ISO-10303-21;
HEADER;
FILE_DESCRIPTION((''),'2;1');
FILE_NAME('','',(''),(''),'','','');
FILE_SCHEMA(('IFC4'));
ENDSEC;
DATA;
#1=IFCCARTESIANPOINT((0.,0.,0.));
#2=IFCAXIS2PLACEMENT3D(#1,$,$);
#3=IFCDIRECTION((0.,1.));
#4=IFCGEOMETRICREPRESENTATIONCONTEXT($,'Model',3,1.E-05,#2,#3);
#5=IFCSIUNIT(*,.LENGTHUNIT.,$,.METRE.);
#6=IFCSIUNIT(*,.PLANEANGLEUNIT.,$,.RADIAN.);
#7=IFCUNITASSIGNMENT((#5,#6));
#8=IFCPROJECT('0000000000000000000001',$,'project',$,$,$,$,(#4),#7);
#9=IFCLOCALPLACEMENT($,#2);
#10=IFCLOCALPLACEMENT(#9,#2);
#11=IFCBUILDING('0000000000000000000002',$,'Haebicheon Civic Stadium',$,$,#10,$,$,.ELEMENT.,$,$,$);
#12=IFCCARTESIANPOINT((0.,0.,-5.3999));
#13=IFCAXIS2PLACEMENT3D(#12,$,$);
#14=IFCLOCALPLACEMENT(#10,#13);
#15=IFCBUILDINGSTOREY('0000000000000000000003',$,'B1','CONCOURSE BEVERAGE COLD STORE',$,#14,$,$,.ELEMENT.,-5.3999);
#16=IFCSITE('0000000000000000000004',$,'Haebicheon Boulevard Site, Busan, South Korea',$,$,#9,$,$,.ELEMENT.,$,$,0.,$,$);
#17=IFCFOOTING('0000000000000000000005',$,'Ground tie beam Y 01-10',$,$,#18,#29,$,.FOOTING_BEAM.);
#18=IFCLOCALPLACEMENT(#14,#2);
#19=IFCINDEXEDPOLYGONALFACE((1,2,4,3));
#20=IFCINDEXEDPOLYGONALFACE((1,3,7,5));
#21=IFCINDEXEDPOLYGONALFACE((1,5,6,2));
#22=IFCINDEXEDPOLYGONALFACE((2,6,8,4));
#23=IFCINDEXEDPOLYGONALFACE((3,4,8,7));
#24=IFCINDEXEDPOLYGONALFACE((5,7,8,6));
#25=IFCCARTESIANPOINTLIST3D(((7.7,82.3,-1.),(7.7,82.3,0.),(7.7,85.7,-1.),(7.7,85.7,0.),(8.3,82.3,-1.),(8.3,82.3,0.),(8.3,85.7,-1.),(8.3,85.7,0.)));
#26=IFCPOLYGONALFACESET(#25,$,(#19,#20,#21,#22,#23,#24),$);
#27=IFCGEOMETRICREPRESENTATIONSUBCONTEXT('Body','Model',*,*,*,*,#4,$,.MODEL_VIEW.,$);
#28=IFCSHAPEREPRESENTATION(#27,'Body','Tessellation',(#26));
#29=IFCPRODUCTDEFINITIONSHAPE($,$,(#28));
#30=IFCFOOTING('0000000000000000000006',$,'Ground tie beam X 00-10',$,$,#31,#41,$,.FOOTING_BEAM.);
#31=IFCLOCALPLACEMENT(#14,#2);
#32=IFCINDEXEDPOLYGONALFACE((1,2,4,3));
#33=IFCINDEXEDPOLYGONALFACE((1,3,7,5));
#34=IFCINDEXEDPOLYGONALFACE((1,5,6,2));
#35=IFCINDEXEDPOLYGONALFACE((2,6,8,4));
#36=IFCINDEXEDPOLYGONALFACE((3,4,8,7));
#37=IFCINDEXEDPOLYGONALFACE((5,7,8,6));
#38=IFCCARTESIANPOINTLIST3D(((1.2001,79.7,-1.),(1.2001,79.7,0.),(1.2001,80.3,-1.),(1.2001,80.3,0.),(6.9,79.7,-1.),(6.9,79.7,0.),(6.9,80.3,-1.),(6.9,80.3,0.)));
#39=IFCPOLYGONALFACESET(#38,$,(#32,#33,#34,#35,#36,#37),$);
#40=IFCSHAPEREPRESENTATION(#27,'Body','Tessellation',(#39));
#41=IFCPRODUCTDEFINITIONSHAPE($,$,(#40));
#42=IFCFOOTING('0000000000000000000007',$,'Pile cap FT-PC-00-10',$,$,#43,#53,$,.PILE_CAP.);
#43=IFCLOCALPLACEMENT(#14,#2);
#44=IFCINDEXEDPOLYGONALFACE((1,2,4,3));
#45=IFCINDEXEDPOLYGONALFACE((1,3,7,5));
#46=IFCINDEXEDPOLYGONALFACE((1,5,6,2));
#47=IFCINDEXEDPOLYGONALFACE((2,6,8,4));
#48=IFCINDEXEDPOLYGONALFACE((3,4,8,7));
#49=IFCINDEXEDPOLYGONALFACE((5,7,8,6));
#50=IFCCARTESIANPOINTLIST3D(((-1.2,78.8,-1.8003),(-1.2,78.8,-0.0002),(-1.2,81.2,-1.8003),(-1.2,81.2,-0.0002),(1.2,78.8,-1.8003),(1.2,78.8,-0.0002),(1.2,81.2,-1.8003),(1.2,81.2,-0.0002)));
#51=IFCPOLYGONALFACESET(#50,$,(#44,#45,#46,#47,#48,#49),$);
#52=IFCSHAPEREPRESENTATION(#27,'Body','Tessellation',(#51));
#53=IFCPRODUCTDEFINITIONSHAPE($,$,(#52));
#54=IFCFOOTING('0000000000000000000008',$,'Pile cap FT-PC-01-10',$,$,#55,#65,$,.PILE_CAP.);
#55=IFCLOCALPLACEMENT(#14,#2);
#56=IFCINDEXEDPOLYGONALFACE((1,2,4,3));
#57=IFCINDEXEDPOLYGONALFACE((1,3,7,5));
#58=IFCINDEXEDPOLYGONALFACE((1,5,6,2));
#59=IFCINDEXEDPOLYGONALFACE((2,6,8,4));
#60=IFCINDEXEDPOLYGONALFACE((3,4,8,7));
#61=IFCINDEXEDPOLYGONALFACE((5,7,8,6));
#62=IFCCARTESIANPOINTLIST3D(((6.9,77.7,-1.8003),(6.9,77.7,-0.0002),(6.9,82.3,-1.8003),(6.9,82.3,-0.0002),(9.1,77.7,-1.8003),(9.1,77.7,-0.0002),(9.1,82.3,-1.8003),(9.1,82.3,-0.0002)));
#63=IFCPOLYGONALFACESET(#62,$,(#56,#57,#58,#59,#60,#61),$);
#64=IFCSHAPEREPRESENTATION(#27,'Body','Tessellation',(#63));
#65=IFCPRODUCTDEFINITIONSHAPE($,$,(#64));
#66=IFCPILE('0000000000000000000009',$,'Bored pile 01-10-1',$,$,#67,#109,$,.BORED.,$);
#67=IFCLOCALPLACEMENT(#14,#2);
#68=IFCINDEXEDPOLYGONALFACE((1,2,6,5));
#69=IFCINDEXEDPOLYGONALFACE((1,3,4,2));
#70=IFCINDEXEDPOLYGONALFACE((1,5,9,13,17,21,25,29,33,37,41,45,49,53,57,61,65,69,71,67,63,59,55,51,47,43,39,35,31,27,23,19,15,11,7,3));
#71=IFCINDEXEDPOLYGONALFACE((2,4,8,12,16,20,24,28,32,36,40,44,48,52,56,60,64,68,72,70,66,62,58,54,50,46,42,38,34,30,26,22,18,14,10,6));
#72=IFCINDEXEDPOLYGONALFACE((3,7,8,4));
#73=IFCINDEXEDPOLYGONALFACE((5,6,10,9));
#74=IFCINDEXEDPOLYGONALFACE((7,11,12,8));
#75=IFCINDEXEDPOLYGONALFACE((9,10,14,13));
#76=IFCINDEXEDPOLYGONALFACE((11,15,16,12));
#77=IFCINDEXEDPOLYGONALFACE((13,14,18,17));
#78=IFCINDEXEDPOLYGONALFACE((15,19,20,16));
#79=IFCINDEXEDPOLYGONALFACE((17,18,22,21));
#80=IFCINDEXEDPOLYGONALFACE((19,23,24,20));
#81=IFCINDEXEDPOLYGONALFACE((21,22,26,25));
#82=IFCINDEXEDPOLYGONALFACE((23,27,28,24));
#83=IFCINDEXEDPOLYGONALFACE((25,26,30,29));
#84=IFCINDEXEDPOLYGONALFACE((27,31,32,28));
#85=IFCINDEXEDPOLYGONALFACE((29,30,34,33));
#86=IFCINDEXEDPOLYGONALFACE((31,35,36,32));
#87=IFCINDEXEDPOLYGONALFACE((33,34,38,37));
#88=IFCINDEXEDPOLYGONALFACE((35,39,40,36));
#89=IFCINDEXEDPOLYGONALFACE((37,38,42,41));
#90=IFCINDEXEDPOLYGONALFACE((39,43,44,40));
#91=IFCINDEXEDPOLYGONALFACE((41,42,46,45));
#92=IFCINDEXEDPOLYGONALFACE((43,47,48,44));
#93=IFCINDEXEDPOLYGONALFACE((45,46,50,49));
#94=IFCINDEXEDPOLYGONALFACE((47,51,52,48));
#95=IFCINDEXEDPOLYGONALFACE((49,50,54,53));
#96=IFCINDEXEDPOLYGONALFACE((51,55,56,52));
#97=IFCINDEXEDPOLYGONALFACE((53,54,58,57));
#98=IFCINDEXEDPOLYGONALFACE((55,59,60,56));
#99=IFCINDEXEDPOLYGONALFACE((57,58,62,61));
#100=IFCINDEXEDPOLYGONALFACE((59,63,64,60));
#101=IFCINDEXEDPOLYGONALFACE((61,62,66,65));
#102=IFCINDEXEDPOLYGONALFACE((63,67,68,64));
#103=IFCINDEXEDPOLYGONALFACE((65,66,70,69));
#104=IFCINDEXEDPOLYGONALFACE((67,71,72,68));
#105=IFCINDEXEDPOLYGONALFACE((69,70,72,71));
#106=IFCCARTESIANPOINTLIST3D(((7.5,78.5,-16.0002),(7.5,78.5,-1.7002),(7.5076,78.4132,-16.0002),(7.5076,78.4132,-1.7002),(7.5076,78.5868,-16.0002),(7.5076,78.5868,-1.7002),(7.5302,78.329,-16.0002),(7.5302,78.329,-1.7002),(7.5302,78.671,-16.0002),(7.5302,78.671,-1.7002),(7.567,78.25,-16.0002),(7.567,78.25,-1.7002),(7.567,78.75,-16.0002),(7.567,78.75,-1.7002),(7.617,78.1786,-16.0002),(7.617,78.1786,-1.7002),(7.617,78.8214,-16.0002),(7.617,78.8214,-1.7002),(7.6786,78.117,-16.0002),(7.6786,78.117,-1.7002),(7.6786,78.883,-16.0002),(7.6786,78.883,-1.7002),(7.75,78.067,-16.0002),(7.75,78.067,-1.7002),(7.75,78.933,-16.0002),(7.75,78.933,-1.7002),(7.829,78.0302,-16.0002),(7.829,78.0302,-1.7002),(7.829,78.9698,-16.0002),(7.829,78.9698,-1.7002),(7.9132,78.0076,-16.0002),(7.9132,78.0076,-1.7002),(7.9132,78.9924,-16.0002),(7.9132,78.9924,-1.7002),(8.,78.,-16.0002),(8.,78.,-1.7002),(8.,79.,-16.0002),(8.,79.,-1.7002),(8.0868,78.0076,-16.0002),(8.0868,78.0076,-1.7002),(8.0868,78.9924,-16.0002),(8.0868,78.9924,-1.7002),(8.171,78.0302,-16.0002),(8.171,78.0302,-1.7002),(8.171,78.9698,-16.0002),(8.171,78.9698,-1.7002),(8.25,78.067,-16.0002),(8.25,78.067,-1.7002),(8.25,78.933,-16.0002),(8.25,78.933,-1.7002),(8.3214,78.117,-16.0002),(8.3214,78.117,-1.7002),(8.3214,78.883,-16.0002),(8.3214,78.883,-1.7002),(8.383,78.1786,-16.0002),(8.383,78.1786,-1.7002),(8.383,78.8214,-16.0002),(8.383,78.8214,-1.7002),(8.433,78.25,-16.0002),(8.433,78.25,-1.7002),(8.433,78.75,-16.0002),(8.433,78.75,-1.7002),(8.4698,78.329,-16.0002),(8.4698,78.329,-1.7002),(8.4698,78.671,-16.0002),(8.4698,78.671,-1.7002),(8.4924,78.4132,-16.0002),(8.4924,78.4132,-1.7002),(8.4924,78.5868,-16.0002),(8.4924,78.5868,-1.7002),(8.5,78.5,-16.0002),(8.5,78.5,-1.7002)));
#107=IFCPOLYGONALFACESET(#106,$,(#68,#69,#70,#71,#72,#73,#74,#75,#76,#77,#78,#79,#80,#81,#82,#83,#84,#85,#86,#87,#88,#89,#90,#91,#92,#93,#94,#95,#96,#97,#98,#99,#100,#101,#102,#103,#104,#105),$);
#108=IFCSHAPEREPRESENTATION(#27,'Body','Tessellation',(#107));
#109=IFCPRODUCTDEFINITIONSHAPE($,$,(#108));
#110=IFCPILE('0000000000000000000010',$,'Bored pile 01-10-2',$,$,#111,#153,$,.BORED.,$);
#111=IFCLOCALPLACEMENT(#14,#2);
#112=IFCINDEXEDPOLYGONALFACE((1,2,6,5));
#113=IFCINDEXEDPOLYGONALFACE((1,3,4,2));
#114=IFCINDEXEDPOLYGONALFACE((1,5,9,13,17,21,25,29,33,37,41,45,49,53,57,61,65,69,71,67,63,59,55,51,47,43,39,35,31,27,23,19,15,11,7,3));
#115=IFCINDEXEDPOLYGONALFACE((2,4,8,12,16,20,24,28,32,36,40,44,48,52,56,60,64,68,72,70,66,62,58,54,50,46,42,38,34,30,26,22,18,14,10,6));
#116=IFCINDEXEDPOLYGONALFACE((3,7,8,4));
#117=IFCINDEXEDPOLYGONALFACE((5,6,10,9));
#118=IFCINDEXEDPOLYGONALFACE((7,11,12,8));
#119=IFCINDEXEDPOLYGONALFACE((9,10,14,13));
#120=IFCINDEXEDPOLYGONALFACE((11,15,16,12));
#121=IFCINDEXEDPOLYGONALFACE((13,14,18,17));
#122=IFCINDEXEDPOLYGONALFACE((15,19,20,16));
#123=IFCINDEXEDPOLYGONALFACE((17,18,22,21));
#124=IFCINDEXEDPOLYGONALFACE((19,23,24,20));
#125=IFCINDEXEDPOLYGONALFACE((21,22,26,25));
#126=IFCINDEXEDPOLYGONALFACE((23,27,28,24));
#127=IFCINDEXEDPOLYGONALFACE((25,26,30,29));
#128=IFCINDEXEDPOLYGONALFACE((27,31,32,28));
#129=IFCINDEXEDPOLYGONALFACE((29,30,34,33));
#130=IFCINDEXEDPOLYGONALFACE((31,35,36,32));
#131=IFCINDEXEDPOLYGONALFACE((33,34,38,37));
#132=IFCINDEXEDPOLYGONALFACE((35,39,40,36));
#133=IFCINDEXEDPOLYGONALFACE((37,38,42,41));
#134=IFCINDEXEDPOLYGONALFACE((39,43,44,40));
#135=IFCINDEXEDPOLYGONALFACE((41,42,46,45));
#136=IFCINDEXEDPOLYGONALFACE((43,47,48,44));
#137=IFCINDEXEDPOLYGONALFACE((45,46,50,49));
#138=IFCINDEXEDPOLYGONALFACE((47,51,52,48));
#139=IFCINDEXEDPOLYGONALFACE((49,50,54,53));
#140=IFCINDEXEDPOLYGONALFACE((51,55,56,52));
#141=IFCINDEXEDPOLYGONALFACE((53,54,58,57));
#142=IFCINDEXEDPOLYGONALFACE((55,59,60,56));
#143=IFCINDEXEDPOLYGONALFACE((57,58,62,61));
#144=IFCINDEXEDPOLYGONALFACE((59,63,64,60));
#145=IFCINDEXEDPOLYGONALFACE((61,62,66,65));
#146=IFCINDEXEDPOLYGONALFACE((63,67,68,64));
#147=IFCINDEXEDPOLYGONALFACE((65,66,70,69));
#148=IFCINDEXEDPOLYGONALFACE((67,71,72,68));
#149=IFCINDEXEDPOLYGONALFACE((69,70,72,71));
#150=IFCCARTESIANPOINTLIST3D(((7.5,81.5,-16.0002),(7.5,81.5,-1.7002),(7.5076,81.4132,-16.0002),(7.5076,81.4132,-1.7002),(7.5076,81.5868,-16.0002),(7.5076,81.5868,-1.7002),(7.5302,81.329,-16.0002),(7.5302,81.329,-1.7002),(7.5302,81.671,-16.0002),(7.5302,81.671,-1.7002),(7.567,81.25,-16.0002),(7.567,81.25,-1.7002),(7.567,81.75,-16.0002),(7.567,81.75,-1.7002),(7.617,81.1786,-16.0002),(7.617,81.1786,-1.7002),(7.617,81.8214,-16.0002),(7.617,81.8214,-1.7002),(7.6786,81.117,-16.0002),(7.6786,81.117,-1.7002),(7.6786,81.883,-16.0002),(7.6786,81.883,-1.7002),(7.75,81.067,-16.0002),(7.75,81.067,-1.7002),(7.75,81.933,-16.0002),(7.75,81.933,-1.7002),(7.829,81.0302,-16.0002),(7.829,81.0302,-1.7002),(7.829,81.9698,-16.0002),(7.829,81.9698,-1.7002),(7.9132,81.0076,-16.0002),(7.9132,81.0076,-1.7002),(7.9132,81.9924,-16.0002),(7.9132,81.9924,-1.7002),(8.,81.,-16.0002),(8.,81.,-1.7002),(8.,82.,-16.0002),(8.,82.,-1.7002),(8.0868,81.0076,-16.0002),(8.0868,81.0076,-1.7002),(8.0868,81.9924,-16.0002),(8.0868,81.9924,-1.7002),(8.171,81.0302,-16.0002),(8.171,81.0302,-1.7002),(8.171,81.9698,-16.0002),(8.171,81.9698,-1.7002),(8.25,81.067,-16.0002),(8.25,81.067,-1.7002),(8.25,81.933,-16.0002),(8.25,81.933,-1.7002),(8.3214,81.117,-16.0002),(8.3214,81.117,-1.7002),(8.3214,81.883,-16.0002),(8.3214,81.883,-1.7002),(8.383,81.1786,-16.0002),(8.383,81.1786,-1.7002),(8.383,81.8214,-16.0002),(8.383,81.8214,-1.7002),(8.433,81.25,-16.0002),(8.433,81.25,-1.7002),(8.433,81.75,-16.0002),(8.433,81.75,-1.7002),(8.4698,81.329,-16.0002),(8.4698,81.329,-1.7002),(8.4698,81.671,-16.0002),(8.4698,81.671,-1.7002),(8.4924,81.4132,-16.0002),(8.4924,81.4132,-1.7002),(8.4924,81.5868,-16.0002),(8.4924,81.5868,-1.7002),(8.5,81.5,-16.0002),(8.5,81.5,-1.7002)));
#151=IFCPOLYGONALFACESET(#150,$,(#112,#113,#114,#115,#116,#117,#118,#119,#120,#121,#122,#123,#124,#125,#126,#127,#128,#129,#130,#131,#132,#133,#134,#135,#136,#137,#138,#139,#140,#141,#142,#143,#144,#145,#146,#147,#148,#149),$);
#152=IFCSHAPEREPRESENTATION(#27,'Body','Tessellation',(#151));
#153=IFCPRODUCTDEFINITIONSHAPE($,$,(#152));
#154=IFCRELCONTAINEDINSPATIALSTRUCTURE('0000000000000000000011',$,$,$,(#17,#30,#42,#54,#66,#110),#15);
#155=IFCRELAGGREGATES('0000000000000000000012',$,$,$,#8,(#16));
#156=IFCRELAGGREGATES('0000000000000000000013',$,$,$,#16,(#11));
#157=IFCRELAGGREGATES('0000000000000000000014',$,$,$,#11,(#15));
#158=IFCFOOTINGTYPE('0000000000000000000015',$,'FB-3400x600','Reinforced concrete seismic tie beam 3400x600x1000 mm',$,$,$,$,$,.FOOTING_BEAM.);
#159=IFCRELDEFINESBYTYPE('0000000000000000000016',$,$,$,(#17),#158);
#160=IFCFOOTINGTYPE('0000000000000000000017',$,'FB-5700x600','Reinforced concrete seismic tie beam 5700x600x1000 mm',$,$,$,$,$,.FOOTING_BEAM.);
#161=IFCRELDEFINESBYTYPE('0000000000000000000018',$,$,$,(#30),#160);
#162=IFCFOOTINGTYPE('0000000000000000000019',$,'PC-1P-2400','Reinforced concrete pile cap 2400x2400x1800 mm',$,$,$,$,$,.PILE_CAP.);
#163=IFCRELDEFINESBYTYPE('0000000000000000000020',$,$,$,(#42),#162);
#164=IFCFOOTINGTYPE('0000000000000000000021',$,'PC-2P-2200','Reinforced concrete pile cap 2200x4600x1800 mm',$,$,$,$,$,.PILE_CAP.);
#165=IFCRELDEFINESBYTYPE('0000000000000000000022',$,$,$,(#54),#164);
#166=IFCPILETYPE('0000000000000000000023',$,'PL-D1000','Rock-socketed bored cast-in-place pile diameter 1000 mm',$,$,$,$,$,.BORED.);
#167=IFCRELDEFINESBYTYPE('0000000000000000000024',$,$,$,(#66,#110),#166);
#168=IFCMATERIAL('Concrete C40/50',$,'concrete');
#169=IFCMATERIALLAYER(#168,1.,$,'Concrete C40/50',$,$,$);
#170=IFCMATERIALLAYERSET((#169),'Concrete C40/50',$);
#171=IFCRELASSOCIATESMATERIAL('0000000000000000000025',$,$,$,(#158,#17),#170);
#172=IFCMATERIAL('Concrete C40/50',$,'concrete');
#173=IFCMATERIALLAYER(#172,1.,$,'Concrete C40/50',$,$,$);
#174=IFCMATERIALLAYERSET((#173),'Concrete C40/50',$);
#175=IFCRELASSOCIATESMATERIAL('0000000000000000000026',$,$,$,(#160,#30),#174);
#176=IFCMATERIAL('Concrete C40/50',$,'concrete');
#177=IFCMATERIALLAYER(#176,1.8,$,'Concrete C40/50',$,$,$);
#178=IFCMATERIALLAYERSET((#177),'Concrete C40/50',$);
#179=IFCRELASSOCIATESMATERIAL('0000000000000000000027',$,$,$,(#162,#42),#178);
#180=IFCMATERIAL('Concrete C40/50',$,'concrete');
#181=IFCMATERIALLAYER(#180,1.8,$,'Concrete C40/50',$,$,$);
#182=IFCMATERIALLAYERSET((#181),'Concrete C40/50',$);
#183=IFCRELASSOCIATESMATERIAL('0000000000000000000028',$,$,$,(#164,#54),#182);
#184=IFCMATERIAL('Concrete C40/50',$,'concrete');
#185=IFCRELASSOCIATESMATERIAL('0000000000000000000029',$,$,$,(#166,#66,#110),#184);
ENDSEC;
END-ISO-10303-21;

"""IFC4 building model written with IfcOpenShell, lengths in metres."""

from ifc_helpers import new_model, si_unit, direction, frame, origin, origin_2d, place, context, subcontext, project, spatial, rectangle, circle, extrude, material, layer, layer_set, material_profile, profile_set, type_object, element, save


model = new_model("IFC4")

# Units and contexts
model_context = context("Model", 3, precision=1e-05, world=origin(), true_north=direction((0.0, 1.0)))
body_context = subcontext(model_context, "Body", "Model", "MODEL_VIEW")
ifc_project = project(units=[si_unit("LENGTHUNIT", "METRE"), si_unit("PLANEANGLEUNIT", "RADIAN")], contexts=[model_context])

# Site, building, storey
site_placement = place(None, origin())
site = spatial("IfcSite", under=ifc_project, at=site_placement, Name="Haebicheon Boulevard Site, Busan, South Korea", CompositionType="ELEMENT", RefElevation=0.0)
building_placement = place(site_placement, origin())
building = spatial("IfcBuilding", under=site, at=building_placement, Name="Haebicheon Civic Stadium", CompositionType="ELEMENT")
storey_placement = place(building_placement, frame((0.0, 0.0, -5.3999)))
storey = spatial("IfcBuildingStorey", under=building, at=storey_placement, Name="B1", Description="CONCOURSE BEVERAGE COLD STORE", CompositionType="ELEMENT", Elevation=-5.3999)

# Footings
ifc_material_1 = material(Name="Concrete C40/50", Category="concrete")
ifc_layer_1 = layer(ifc_material_1, 1.0, Name="Concrete C40/50")
ifc_layer_set_1 = layer_set([ifc_layer_1], Name="Concrete C40/50")
footing_type_1 = type_object("IfcFootingType", Name="FB-3400x600", Description="Reinforced concrete seismic tie beam 3400x600x1000 mm", PredefinedType="FOOTING_BEAM", material=ifc_layer_set_1)
footing_1_placement = place(storey_placement, frame((8.0, 84.0, -1.0), z_axis=(0.0, 0.0, 1.0), x_axis=(0.0, 1.0, 0.0)))
element("IfcFooting", 1, at=footing_1_placement, inside=storey, type_object=footing_type_1, material=ifc_layer_set_1, Name="Ground tie beam Y 01-10", PredefinedType="FOOTING_BEAM", context=body_context, shape_type="SweptSolid", body=[
    extrude(rectangle(XDim=3.3999, YDim=0.6001, at=origin_2d()), origin(), (0.0, 0.0, 1.0), 1.0),
])
ifc_material_2 = material(Name="Concrete C40/50", Category="concrete")
ifc_layer_2 = layer(ifc_material_2, 1.0, Name="Concrete C40/50")
ifc_layer_set_2 = layer_set([ifc_layer_2], Name="Concrete C40/50")
footing_type_2 = type_object("IfcFootingType", Name="FB-5700x600", Description="Reinforced concrete seismic tie beam 5700x600x1000 mm", PredefinedType="FOOTING_BEAM", material=ifc_layer_set_2)
footing_2_placement = place(storey_placement, frame((4.05, 80.0, -1.0), z_axis=(0.0, 0.0, 1.0), x_axis=(1.0, 0.0, 0.0)))
element("IfcFooting", 2, at=footing_2_placement, inside=storey, type_object=footing_type_2, material=ifc_layer_set_2, Name="Ground tie beam X 00-10", PredefinedType="FOOTING_BEAM", context=body_context, shape_type="SweptSolid", body=[
    extrude(rectangle(XDim=5.7, YDim=0.6001, at=origin_2d()), origin(), (0.0, 0.0, 1.0), 1.0),
])
ifc_material_3 = material(Name="Concrete C40/50", Category="concrete")
ifc_layer_3 = layer(ifc_material_3, 1.8, Name="Concrete C40/50")
ifc_layer_set_3 = layer_set([ifc_layer_3], Name="Concrete C40/50")
footing_type_3 = type_object("IfcFootingType", Name="PC-1P-2400", Description="Reinforced concrete pile cap 2400x2400x1800 mm", PredefinedType="PILE_CAP", material=ifc_layer_set_3)
footing_3_placement = place(storey_placement, frame((0.0, 80.0, -1.8003), z_axis=(0.0, 0.0, 1.0), x_axis=(1.0, 0.0, 0.0)))
element("IfcFooting", 3, at=footing_3_placement, inside=storey, type_object=footing_type_3, material=ifc_layer_set_3, Name="Pile cap FT-PC-00-10", PredefinedType="PILE_CAP", context=body_context, shape_type="SweptSolid", body=[
    extrude(rectangle(XDim=2.3999, YDim=2.3999, at=origin_2d()), origin(), (0.0, 0.0, 1.0), 1.8),
])
ifc_material_4 = material(Name="Concrete C40/50", Category="concrete")
ifc_layer_4 = layer(ifc_material_4, 1.8, Name="Concrete C40/50")
ifc_layer_set_4 = layer_set([ifc_layer_4], Name="Concrete C40/50")
footing_type_4 = type_object("IfcFootingType", Name="PC-2P-2200", Description="Reinforced concrete pile cap 2200x4600x1800 mm", PredefinedType="PILE_CAP", material=ifc_layer_set_4)
footing_4_placement = place(storey_placement, frame((8.0, 80.0, -1.8003), z_axis=(0.0, 0.0, 1.0), x_axis=(1.0, 0.0, 0.0)))
element("IfcFooting", 4, at=footing_4_placement, inside=storey, type_object=footing_type_4, material=ifc_layer_set_4, Name="Pile cap FT-PC-01-10", PredefinedType="PILE_CAP", context=body_context, shape_type="SweptSolid", body=[
    extrude(rectangle(XDim=2.2, YDim=4.6001, at=origin_2d()), origin(), (0.0, 0.0, 1.0), 1.8),
])

# Piles
ifc_material_5 = material(Name="Concrete C40/50", Category="concrete")
ifc_material_profile_1 = material_profile(ifc_material_5, circle(Radius=0.5, at=origin_2d()), Name="PILE-D1000")
ifc_profile_set_1 = profile_set([ifc_material_profile_1], Name="Concrete C40/50")
pile_type_1 = type_object("IfcPileType", Name="PL-D1000", Description="Rock-socketed bored cast-in-place pile diameter 1000 mm", PredefinedType="BORED", material=ifc_profile_set_1)
for number, where, z_axis, x_axis, name in (
    (5, (8.0, 78.5, -1.7002), (0.0, 0.0, -1.0), (1.0, 0.0, 0.0), "Bored pile 01-10-1"),
    (6, (8.0, 81.5, -1.7002), (0.0, 0.0, -1.0), (1.0, 0.0, 0.0), "Bored pile 01-10-2"),
):
    element("IfcPile", number, at=place(storey_placement, frame(where, z_axis=z_axis, x_axis=x_axis)), inside=storey, type_object=pile_type_1, material=ifc_profile_set_1, Name=name, PredefinedType="BORED", context=body_context, shape_type="SweptSolid", body=[
        extrude(circle(Radius=0.5, at=origin_2d()), origin(), (0.0, 0.0, 1.0), 14.3),
    ])

save(model, "model.ifc")
